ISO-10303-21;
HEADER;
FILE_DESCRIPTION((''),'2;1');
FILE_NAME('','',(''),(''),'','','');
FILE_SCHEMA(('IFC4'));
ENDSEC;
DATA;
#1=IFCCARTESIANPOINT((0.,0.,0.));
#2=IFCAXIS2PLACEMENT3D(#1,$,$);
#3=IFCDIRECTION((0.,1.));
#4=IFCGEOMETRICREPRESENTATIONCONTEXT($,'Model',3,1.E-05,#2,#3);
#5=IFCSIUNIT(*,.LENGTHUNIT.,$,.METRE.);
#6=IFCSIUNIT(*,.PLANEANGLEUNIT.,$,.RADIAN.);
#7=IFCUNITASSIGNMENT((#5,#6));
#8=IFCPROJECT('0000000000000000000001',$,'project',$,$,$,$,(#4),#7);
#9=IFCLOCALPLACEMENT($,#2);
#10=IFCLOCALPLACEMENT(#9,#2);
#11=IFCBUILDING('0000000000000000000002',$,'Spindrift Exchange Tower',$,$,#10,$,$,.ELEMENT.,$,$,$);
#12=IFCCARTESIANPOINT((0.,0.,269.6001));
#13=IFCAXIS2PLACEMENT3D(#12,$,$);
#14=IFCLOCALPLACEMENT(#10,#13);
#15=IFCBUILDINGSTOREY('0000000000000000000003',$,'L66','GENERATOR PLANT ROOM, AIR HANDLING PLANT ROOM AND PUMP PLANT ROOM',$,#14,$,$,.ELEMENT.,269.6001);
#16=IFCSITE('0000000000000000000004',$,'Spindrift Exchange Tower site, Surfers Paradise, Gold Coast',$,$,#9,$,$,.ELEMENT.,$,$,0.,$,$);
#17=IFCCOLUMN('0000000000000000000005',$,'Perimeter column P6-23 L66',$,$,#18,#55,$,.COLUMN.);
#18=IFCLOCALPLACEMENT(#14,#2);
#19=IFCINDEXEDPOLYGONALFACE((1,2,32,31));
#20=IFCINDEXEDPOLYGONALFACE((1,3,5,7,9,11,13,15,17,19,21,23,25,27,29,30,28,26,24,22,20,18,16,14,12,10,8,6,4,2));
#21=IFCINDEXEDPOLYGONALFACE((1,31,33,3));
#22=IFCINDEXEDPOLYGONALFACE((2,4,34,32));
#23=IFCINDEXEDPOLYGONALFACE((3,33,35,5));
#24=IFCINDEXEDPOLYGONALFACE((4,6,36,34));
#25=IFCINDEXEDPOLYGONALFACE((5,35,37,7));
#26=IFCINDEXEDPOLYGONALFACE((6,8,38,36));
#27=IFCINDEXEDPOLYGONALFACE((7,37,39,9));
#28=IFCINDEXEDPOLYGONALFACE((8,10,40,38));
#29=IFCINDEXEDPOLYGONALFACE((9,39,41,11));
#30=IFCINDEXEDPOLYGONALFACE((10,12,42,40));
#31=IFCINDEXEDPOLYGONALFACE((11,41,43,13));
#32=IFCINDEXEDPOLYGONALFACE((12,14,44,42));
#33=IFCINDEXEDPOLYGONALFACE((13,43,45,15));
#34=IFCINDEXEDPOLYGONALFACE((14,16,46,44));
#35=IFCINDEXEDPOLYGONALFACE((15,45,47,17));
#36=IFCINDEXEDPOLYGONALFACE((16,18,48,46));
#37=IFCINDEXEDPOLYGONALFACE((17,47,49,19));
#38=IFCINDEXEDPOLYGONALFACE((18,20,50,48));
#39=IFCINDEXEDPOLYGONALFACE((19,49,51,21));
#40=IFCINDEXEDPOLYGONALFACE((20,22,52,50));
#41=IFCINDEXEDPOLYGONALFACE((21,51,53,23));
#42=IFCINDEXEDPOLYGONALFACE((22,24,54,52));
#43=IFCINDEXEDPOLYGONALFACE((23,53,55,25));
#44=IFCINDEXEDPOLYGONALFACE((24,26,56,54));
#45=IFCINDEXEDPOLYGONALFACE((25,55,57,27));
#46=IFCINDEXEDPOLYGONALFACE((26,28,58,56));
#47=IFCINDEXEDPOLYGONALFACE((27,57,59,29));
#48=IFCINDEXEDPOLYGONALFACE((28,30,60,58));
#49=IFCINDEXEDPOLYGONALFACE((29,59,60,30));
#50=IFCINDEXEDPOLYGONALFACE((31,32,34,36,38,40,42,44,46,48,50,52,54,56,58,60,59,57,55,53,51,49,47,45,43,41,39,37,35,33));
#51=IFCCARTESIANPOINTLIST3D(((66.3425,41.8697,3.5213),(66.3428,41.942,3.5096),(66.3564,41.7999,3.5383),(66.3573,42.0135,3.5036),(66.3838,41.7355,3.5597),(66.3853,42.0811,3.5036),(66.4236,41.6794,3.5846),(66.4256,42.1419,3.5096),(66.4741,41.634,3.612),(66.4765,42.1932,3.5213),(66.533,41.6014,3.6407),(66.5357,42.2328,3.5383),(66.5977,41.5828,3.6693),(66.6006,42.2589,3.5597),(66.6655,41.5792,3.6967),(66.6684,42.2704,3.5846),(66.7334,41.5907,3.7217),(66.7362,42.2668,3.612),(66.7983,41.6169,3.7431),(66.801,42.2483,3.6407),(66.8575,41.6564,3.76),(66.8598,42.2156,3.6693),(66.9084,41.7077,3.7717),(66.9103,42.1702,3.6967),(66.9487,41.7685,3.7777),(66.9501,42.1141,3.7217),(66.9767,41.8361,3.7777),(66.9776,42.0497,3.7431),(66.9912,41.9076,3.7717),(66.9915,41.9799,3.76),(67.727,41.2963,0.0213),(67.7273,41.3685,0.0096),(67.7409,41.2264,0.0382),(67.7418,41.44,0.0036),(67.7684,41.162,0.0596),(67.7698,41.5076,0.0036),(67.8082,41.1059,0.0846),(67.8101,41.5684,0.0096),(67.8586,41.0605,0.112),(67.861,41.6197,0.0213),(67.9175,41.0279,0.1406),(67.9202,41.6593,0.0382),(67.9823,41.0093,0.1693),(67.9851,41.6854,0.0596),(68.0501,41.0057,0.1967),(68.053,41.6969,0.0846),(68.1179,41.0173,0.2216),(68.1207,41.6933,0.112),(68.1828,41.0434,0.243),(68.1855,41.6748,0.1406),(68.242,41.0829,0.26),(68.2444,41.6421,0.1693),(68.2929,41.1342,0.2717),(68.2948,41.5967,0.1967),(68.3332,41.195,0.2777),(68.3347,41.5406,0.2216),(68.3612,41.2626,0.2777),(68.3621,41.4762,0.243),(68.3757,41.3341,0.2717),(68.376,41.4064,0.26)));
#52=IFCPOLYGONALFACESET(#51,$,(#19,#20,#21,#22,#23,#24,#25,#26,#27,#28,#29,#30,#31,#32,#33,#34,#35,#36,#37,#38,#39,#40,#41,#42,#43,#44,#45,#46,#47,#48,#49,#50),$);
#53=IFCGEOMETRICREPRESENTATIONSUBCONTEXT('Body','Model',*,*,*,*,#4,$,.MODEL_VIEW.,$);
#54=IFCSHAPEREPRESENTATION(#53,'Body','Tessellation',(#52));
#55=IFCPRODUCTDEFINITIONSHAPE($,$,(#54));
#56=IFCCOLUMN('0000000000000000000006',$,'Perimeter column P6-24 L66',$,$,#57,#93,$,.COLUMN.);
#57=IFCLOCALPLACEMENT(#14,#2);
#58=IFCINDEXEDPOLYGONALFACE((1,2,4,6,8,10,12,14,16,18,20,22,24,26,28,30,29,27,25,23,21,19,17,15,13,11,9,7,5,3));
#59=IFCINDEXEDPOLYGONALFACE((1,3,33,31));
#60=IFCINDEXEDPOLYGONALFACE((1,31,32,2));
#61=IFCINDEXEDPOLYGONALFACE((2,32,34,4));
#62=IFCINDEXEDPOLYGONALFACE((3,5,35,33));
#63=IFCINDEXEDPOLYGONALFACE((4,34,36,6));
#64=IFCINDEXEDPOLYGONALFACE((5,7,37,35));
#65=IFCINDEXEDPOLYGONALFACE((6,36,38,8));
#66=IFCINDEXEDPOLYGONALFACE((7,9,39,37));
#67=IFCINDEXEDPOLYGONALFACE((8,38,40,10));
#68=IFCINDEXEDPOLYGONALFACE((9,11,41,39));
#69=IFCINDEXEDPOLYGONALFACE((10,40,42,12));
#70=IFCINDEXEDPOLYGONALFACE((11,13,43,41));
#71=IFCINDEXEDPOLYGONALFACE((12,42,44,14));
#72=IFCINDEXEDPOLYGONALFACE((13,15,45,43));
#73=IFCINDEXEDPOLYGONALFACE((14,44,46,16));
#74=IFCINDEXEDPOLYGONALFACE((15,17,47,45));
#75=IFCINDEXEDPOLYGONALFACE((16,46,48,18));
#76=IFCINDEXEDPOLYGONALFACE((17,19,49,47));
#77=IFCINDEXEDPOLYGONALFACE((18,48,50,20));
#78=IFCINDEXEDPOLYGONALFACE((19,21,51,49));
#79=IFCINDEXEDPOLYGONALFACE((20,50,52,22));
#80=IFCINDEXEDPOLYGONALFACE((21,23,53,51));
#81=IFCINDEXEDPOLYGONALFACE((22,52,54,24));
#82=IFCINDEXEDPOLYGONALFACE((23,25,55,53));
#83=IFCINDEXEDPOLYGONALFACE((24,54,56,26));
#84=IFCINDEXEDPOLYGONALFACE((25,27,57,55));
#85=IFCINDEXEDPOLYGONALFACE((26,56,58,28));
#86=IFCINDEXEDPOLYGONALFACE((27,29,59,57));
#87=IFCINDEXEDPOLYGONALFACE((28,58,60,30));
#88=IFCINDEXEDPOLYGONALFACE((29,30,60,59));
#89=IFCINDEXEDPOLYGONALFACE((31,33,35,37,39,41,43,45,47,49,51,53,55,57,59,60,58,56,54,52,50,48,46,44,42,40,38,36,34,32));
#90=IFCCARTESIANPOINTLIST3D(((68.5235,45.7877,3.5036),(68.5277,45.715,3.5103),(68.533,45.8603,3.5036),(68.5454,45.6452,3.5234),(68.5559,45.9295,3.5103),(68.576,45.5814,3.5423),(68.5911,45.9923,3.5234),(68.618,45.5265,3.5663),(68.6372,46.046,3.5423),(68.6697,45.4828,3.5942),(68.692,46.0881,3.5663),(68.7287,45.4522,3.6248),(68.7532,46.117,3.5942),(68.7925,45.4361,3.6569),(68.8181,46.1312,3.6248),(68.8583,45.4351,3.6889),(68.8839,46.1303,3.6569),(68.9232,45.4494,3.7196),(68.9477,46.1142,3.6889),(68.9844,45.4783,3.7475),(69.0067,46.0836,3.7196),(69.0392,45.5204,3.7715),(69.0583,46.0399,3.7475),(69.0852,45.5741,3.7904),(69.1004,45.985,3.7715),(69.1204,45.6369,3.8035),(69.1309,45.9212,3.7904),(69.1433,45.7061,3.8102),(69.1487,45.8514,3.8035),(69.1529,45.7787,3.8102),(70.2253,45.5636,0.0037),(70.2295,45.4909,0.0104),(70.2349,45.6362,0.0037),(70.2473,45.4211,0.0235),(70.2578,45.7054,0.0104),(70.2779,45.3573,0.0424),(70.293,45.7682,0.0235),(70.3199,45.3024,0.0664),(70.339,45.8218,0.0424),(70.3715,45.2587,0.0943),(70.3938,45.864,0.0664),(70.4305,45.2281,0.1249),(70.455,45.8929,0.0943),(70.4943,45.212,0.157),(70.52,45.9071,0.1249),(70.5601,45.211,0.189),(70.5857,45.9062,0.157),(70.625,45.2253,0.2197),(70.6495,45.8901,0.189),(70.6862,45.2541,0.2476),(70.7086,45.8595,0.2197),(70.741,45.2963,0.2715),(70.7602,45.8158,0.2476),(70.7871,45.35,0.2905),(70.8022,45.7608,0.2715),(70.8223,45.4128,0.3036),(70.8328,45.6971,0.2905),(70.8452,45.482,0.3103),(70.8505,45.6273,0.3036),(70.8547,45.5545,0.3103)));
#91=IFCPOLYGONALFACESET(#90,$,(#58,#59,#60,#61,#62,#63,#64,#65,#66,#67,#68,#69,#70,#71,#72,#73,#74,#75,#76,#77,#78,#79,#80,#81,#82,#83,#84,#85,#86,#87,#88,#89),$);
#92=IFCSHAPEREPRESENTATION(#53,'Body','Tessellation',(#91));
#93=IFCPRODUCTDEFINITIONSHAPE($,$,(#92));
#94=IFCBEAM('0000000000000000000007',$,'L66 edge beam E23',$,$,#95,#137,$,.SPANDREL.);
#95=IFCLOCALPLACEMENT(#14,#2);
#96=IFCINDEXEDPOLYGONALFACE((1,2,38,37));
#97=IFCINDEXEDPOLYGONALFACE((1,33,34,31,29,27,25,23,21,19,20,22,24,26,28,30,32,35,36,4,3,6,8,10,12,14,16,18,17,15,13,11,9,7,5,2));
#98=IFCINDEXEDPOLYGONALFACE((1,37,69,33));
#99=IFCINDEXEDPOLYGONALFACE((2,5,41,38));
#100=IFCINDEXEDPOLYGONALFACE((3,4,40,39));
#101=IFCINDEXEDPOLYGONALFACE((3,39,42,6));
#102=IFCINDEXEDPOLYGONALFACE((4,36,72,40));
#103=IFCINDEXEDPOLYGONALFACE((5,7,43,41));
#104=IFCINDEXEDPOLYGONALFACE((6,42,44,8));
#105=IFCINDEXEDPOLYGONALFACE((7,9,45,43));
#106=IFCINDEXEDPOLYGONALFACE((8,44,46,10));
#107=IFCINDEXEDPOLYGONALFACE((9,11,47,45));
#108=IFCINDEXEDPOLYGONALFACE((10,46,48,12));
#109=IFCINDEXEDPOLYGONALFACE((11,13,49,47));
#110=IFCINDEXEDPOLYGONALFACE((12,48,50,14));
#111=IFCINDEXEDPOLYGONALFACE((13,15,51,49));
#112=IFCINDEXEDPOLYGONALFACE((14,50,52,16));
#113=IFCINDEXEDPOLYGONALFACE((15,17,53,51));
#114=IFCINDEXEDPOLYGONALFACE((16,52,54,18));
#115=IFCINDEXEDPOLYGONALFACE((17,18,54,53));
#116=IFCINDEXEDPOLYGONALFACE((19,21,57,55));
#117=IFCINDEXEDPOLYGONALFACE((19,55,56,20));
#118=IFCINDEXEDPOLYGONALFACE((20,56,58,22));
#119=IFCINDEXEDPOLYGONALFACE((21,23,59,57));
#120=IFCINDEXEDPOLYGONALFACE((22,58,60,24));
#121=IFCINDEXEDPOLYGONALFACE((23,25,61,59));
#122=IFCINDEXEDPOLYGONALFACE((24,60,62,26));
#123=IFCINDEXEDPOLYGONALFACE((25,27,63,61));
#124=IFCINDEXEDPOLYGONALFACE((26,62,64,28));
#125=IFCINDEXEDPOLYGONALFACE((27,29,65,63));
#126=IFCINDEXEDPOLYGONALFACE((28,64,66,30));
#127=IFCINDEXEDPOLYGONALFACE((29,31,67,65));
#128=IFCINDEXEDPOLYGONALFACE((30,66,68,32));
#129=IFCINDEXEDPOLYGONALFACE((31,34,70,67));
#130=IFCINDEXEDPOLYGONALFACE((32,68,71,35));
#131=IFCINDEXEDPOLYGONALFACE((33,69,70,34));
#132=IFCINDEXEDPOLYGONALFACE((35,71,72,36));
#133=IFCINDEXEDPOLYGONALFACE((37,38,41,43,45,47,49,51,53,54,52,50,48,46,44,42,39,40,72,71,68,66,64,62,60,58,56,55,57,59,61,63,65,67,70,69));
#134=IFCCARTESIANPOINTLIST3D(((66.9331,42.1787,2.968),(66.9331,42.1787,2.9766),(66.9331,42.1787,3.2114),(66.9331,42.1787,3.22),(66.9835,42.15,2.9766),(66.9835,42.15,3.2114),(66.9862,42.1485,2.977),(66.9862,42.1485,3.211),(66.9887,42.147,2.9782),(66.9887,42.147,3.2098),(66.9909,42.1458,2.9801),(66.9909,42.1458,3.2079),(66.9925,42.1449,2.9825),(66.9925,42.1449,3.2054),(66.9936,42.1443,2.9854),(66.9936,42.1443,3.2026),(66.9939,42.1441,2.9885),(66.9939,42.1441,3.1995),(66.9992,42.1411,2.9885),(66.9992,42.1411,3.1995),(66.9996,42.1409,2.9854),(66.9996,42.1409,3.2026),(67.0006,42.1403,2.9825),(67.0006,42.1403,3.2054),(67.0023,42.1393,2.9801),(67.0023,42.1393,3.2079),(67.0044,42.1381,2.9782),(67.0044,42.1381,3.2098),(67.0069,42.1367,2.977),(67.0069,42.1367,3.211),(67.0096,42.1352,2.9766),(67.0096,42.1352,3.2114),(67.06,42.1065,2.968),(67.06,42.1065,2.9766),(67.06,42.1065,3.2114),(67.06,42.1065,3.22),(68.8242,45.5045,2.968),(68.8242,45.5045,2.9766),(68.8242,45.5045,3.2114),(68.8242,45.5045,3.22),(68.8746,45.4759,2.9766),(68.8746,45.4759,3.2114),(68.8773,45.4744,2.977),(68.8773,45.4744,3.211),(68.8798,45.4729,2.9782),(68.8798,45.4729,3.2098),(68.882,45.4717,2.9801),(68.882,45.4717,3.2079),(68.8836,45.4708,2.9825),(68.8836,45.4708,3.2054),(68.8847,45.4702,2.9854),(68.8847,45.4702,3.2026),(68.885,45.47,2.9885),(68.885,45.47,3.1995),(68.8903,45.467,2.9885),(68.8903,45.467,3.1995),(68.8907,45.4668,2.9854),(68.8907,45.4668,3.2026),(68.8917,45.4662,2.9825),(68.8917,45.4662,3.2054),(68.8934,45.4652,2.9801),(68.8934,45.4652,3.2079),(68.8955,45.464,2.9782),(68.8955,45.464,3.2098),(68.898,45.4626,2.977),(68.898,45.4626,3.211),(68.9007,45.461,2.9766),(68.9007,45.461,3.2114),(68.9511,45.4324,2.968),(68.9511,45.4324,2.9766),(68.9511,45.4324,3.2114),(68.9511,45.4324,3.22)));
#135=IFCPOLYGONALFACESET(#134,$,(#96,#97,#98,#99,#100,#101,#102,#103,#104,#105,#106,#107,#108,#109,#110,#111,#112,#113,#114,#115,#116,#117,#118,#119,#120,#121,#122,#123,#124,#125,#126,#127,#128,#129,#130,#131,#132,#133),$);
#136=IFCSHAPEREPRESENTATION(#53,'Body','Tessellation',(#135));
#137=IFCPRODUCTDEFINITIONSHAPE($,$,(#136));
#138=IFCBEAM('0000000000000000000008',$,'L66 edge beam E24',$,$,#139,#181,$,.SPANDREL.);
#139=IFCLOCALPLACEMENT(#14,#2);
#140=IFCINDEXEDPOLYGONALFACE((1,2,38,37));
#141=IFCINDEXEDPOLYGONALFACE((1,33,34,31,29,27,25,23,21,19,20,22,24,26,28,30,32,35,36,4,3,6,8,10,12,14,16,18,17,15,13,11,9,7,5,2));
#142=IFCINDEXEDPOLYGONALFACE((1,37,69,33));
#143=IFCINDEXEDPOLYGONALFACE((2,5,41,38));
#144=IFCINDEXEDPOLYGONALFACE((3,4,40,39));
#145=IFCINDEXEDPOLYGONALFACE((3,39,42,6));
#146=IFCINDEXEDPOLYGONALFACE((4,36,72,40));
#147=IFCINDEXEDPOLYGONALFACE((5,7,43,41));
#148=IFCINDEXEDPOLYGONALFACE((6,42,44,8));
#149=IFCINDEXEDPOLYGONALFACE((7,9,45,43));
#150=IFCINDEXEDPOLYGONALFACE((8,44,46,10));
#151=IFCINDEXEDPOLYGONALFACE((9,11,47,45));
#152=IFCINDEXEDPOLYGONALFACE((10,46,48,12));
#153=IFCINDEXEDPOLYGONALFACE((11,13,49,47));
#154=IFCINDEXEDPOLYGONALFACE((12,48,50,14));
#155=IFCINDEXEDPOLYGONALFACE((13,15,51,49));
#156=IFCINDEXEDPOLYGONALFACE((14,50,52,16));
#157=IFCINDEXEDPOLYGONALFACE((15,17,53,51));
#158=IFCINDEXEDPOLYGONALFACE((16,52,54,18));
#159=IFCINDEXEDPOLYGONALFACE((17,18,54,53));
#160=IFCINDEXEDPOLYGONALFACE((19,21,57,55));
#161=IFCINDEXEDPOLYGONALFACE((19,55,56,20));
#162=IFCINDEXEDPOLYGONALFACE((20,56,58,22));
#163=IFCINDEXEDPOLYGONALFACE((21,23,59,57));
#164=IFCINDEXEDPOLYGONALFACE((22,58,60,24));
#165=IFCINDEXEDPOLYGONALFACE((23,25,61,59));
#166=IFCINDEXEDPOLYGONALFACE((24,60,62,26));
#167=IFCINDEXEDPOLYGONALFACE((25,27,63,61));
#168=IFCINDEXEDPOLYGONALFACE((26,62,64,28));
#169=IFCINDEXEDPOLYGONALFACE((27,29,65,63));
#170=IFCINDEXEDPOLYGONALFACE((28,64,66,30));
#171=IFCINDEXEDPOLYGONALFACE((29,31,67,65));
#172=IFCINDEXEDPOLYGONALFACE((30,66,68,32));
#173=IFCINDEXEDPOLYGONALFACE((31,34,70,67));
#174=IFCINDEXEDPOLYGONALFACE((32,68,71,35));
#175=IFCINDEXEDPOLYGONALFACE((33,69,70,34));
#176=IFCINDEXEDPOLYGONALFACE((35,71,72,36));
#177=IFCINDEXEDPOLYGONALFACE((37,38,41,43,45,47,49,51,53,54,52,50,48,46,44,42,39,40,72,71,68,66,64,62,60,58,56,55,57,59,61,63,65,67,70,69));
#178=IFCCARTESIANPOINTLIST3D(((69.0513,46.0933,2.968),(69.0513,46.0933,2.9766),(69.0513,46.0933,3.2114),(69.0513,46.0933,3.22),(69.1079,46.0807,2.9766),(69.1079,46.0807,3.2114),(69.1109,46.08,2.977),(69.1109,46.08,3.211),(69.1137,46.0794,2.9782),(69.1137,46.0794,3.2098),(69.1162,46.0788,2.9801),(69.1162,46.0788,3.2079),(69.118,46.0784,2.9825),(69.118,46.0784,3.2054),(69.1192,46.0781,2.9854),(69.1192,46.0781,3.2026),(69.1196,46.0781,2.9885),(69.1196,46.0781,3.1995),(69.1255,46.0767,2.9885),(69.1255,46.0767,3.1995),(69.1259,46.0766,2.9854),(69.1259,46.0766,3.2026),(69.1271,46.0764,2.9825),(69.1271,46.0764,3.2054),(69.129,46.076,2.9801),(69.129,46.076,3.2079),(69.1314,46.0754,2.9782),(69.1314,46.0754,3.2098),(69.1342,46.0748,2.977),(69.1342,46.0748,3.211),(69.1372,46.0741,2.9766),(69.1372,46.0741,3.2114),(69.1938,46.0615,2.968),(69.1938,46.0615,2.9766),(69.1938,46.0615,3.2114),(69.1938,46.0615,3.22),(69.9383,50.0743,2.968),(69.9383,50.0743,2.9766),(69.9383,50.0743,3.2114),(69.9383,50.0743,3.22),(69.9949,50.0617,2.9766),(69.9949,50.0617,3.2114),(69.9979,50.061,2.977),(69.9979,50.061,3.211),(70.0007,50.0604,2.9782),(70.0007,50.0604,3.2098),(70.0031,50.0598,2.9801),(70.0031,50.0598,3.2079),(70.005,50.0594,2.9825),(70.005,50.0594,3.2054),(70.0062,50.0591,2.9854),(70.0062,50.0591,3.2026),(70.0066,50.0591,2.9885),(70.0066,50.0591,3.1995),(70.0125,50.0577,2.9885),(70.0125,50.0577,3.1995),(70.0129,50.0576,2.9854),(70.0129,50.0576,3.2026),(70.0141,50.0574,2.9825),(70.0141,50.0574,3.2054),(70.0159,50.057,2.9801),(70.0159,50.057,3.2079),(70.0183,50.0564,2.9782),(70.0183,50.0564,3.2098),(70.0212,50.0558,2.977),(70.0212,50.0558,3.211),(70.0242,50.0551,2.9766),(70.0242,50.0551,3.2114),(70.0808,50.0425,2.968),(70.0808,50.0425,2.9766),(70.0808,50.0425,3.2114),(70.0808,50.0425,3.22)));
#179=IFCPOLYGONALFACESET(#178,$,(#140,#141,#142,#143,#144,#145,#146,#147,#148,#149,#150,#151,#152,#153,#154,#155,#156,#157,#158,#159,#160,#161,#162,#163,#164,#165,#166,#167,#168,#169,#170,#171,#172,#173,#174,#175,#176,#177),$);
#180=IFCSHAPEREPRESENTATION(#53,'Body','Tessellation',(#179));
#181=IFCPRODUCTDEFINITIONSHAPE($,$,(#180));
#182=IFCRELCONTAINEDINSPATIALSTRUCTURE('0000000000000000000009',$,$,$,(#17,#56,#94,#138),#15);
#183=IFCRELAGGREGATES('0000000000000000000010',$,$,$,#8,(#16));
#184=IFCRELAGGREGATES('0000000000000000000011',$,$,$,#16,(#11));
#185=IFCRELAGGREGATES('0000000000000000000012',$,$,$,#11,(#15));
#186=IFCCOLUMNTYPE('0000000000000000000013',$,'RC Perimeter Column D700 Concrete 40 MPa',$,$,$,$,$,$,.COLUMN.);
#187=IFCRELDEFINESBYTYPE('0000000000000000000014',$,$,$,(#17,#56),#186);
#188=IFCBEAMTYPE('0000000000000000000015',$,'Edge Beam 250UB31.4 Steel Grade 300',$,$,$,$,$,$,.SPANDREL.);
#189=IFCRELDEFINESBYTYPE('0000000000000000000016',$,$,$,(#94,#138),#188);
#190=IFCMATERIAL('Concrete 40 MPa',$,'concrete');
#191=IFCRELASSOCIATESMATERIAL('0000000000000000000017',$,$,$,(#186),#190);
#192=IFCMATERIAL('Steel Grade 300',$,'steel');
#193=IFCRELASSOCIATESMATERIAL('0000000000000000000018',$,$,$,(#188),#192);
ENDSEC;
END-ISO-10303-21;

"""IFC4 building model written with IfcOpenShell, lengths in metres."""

from ifc_helpers import new_model, si_unit, direction, frame, origin, origin_2d, place, context, subcontext, project, spatial, circle, i_section, extrude, source, transform, mapped, material, material_profile, profile_set, type_object, element, save


model = new_model("IFC4")

# Units and contexts
model_context = context("Model", 3, precision=1e-05, world=origin(), true_north=direction((0.0, 1.0)))
body_context = subcontext(model_context, "Body", "Model", "MODEL_VIEW")
ifc_project = project(units=[si_unit("LENGTHUNIT", "METRE"), si_unit("PLANEANGLEUNIT", "RADIAN")], contexts=[model_context])

# Site, building, storey
site_placement = place(None, origin())
site = spatial("IfcSite", under=ifc_project, at=site_placement, Name="Spindrift Exchange Tower site, Surfers Paradise, Gold Coast", CompositionType="ELEMENT", RefElevation=0.0)
building_placement = place(site_placement, origin())
building = spatial("IfcBuilding", under=site, at=building_placement, Name="Spindrift Exchange Tower", CompositionType="ELEMENT")
storey_placement = place(building_placement, frame((0.0, 0.0, 269.6001)))
storey = spatial("IfcBuildingStorey", under=building, at=storey_placement, Name="L66", Description="GENERATOR PLANT ROOM, AIR HANDLING PLANT ROOM AND PUMP PLANT ROOM", CompositionType="ELEMENT", Elevation=269.6001)

# Columns
ifc_material_1 = material(Name="Concrete 40 MPa", Category="concrete")
ifc_material_profile_1 = material_profile(ifc_material_1, circle(Radius=0.3501, at=origin_2d()), Name="RC D700")
ifc_profile_set_1 = profile_set([ifc_material_profile_1], Name="Concrete 40 MPa")
column_type = type_object("IfcColumnType", Name="RC Perimeter Column D700 Concrete 40 MPa", PredefinedType="COLUMN", material=ifc_profile_set_1)
shared_shape_1 = source(origin(), body_context, "Body", "SweptSolid", [
    extrude(circle(Radius=0.3501, at=origin_2d()), origin(), (0.0, 0.0, 1.0), 3.8074),
])
column_1_placement = place(storey_placement, frame((68.0515, 41.3513, 0.1406), z_axis=(-0.363646, 0.150627, 0.919279), x_axis=(-0.382683, -0.92388, 0.0)))
element("IfcColumn", 1, at=column_1_placement, inside=storey, type_object=column_type, Name="Perimeter column P6-23 L66", PredefinedType="COLUMN", context=body_context, shape_type="MappedRepresentation", body=[
    mapped(shared_shape_1, transform((0.0, 0.0, 0.0), scale=1.0)),
])
shared_shape_2 = source(origin(), body_context, "Body", "SweptSolid", [
    extrude(circle(Radius=0.3501, at=origin_2d()), origin(), (0.0, 0.0, 1.0), 3.8982),
])
column_2_placement = place(storey_placement, frame((70.54, 45.5591, 0.157), z_axis=(-0.436577, 0.057492, 0.897828), x_axis=(-0.130561, -0.99144, 0.0)))
element("IfcColumn", 2, at=column_2_placement, inside=storey, type_object=column_type, Name="Perimeter column P6-24 L66", PredefinedType="COLUMN", context=body_context, shape_type="MappedRepresentation", body=[
    mapped(shared_shape_2, transform((0.0, 0.0, 0.0), scale=1.0)),
])

# Beams
ifc_material_2 = material(Name="Steel Grade 300", Category="steel")
ifc_material_profile_2 = material_profile(ifc_material_2, i_section(OverallWidth=0.146, OverallDepth=0.252, WebThickness=0.0061, FlangeThickness=0.0085, FilletRadius=0.012, at=origin_2d()), Name="250UB31.4")
ifc_profile_set_2 = profile_set([ifc_material_profile_2], Name="Steel Grade 300")
beam_type = type_object("IfcBeamType", Name="Edge Beam 250UB31.4 Steel Grade 300", PredefinedType="SPANDREL", material=ifc_profile_set_2)
shared_shape_3 = source(origin(), body_context, "Body", "SweptSolid", [
    extrude(i_section(OverallWidth=0.146, OverallDepth=0.252, WebThickness=0.0061, FlangeThickness=0.0085, FilletRadius=0.012, at=origin_2d()), origin(), (0.0, 0.0, 1.0), 3.8259),
])
beam_1_placement = place(storey_placement, frame((66.9966, 42.1426, 3.094), z_axis=(0.494282, 0.869301, 0.0), x_axis=(-0.869301, 0.494282, 0.0)))
element("IfcBeam", 3, at=beam_1_placement, inside=storey, type_object=beam_type, Name="L66 edge beam E23", PredefinedType="SPANDREL", context=body_context, shape_type="MappedRepresentation", body=[
    mapped(shared_shape_3, transform((0.0, 0.0, 0.0), scale=1.0)),
])
shared_shape_4 = source(origin(), body_context, "Body", "SweptSolid", [
    extrude(i_section(OverallWidth=0.146, OverallDepth=0.252, WebThickness=0.0061, FlangeThickness=0.0085, FilletRadius=0.012, at=origin_2d()), origin(), (0.0, 0.0, 1.0), 4.0786),
])
beam_2_placement = place(storey_placement, frame((69.1226, 46.0774, 3.094), z_axis=(0.217469, 0.976067, 0.0), x_axis=(-0.976067, 0.217469, 0.0)))
element("IfcBeam", 4, at=beam_2_placement, inside=storey, type_object=beam_type, Name="L66 edge beam E24", PredefinedType="SPANDREL", context=body_context, shape_type="MappedRepresentation", body=[
    mapped(shared_shape_4, transform((0.0, 0.0, 0.0), scale=1.0)),
])

save(model, "model.ifc")
